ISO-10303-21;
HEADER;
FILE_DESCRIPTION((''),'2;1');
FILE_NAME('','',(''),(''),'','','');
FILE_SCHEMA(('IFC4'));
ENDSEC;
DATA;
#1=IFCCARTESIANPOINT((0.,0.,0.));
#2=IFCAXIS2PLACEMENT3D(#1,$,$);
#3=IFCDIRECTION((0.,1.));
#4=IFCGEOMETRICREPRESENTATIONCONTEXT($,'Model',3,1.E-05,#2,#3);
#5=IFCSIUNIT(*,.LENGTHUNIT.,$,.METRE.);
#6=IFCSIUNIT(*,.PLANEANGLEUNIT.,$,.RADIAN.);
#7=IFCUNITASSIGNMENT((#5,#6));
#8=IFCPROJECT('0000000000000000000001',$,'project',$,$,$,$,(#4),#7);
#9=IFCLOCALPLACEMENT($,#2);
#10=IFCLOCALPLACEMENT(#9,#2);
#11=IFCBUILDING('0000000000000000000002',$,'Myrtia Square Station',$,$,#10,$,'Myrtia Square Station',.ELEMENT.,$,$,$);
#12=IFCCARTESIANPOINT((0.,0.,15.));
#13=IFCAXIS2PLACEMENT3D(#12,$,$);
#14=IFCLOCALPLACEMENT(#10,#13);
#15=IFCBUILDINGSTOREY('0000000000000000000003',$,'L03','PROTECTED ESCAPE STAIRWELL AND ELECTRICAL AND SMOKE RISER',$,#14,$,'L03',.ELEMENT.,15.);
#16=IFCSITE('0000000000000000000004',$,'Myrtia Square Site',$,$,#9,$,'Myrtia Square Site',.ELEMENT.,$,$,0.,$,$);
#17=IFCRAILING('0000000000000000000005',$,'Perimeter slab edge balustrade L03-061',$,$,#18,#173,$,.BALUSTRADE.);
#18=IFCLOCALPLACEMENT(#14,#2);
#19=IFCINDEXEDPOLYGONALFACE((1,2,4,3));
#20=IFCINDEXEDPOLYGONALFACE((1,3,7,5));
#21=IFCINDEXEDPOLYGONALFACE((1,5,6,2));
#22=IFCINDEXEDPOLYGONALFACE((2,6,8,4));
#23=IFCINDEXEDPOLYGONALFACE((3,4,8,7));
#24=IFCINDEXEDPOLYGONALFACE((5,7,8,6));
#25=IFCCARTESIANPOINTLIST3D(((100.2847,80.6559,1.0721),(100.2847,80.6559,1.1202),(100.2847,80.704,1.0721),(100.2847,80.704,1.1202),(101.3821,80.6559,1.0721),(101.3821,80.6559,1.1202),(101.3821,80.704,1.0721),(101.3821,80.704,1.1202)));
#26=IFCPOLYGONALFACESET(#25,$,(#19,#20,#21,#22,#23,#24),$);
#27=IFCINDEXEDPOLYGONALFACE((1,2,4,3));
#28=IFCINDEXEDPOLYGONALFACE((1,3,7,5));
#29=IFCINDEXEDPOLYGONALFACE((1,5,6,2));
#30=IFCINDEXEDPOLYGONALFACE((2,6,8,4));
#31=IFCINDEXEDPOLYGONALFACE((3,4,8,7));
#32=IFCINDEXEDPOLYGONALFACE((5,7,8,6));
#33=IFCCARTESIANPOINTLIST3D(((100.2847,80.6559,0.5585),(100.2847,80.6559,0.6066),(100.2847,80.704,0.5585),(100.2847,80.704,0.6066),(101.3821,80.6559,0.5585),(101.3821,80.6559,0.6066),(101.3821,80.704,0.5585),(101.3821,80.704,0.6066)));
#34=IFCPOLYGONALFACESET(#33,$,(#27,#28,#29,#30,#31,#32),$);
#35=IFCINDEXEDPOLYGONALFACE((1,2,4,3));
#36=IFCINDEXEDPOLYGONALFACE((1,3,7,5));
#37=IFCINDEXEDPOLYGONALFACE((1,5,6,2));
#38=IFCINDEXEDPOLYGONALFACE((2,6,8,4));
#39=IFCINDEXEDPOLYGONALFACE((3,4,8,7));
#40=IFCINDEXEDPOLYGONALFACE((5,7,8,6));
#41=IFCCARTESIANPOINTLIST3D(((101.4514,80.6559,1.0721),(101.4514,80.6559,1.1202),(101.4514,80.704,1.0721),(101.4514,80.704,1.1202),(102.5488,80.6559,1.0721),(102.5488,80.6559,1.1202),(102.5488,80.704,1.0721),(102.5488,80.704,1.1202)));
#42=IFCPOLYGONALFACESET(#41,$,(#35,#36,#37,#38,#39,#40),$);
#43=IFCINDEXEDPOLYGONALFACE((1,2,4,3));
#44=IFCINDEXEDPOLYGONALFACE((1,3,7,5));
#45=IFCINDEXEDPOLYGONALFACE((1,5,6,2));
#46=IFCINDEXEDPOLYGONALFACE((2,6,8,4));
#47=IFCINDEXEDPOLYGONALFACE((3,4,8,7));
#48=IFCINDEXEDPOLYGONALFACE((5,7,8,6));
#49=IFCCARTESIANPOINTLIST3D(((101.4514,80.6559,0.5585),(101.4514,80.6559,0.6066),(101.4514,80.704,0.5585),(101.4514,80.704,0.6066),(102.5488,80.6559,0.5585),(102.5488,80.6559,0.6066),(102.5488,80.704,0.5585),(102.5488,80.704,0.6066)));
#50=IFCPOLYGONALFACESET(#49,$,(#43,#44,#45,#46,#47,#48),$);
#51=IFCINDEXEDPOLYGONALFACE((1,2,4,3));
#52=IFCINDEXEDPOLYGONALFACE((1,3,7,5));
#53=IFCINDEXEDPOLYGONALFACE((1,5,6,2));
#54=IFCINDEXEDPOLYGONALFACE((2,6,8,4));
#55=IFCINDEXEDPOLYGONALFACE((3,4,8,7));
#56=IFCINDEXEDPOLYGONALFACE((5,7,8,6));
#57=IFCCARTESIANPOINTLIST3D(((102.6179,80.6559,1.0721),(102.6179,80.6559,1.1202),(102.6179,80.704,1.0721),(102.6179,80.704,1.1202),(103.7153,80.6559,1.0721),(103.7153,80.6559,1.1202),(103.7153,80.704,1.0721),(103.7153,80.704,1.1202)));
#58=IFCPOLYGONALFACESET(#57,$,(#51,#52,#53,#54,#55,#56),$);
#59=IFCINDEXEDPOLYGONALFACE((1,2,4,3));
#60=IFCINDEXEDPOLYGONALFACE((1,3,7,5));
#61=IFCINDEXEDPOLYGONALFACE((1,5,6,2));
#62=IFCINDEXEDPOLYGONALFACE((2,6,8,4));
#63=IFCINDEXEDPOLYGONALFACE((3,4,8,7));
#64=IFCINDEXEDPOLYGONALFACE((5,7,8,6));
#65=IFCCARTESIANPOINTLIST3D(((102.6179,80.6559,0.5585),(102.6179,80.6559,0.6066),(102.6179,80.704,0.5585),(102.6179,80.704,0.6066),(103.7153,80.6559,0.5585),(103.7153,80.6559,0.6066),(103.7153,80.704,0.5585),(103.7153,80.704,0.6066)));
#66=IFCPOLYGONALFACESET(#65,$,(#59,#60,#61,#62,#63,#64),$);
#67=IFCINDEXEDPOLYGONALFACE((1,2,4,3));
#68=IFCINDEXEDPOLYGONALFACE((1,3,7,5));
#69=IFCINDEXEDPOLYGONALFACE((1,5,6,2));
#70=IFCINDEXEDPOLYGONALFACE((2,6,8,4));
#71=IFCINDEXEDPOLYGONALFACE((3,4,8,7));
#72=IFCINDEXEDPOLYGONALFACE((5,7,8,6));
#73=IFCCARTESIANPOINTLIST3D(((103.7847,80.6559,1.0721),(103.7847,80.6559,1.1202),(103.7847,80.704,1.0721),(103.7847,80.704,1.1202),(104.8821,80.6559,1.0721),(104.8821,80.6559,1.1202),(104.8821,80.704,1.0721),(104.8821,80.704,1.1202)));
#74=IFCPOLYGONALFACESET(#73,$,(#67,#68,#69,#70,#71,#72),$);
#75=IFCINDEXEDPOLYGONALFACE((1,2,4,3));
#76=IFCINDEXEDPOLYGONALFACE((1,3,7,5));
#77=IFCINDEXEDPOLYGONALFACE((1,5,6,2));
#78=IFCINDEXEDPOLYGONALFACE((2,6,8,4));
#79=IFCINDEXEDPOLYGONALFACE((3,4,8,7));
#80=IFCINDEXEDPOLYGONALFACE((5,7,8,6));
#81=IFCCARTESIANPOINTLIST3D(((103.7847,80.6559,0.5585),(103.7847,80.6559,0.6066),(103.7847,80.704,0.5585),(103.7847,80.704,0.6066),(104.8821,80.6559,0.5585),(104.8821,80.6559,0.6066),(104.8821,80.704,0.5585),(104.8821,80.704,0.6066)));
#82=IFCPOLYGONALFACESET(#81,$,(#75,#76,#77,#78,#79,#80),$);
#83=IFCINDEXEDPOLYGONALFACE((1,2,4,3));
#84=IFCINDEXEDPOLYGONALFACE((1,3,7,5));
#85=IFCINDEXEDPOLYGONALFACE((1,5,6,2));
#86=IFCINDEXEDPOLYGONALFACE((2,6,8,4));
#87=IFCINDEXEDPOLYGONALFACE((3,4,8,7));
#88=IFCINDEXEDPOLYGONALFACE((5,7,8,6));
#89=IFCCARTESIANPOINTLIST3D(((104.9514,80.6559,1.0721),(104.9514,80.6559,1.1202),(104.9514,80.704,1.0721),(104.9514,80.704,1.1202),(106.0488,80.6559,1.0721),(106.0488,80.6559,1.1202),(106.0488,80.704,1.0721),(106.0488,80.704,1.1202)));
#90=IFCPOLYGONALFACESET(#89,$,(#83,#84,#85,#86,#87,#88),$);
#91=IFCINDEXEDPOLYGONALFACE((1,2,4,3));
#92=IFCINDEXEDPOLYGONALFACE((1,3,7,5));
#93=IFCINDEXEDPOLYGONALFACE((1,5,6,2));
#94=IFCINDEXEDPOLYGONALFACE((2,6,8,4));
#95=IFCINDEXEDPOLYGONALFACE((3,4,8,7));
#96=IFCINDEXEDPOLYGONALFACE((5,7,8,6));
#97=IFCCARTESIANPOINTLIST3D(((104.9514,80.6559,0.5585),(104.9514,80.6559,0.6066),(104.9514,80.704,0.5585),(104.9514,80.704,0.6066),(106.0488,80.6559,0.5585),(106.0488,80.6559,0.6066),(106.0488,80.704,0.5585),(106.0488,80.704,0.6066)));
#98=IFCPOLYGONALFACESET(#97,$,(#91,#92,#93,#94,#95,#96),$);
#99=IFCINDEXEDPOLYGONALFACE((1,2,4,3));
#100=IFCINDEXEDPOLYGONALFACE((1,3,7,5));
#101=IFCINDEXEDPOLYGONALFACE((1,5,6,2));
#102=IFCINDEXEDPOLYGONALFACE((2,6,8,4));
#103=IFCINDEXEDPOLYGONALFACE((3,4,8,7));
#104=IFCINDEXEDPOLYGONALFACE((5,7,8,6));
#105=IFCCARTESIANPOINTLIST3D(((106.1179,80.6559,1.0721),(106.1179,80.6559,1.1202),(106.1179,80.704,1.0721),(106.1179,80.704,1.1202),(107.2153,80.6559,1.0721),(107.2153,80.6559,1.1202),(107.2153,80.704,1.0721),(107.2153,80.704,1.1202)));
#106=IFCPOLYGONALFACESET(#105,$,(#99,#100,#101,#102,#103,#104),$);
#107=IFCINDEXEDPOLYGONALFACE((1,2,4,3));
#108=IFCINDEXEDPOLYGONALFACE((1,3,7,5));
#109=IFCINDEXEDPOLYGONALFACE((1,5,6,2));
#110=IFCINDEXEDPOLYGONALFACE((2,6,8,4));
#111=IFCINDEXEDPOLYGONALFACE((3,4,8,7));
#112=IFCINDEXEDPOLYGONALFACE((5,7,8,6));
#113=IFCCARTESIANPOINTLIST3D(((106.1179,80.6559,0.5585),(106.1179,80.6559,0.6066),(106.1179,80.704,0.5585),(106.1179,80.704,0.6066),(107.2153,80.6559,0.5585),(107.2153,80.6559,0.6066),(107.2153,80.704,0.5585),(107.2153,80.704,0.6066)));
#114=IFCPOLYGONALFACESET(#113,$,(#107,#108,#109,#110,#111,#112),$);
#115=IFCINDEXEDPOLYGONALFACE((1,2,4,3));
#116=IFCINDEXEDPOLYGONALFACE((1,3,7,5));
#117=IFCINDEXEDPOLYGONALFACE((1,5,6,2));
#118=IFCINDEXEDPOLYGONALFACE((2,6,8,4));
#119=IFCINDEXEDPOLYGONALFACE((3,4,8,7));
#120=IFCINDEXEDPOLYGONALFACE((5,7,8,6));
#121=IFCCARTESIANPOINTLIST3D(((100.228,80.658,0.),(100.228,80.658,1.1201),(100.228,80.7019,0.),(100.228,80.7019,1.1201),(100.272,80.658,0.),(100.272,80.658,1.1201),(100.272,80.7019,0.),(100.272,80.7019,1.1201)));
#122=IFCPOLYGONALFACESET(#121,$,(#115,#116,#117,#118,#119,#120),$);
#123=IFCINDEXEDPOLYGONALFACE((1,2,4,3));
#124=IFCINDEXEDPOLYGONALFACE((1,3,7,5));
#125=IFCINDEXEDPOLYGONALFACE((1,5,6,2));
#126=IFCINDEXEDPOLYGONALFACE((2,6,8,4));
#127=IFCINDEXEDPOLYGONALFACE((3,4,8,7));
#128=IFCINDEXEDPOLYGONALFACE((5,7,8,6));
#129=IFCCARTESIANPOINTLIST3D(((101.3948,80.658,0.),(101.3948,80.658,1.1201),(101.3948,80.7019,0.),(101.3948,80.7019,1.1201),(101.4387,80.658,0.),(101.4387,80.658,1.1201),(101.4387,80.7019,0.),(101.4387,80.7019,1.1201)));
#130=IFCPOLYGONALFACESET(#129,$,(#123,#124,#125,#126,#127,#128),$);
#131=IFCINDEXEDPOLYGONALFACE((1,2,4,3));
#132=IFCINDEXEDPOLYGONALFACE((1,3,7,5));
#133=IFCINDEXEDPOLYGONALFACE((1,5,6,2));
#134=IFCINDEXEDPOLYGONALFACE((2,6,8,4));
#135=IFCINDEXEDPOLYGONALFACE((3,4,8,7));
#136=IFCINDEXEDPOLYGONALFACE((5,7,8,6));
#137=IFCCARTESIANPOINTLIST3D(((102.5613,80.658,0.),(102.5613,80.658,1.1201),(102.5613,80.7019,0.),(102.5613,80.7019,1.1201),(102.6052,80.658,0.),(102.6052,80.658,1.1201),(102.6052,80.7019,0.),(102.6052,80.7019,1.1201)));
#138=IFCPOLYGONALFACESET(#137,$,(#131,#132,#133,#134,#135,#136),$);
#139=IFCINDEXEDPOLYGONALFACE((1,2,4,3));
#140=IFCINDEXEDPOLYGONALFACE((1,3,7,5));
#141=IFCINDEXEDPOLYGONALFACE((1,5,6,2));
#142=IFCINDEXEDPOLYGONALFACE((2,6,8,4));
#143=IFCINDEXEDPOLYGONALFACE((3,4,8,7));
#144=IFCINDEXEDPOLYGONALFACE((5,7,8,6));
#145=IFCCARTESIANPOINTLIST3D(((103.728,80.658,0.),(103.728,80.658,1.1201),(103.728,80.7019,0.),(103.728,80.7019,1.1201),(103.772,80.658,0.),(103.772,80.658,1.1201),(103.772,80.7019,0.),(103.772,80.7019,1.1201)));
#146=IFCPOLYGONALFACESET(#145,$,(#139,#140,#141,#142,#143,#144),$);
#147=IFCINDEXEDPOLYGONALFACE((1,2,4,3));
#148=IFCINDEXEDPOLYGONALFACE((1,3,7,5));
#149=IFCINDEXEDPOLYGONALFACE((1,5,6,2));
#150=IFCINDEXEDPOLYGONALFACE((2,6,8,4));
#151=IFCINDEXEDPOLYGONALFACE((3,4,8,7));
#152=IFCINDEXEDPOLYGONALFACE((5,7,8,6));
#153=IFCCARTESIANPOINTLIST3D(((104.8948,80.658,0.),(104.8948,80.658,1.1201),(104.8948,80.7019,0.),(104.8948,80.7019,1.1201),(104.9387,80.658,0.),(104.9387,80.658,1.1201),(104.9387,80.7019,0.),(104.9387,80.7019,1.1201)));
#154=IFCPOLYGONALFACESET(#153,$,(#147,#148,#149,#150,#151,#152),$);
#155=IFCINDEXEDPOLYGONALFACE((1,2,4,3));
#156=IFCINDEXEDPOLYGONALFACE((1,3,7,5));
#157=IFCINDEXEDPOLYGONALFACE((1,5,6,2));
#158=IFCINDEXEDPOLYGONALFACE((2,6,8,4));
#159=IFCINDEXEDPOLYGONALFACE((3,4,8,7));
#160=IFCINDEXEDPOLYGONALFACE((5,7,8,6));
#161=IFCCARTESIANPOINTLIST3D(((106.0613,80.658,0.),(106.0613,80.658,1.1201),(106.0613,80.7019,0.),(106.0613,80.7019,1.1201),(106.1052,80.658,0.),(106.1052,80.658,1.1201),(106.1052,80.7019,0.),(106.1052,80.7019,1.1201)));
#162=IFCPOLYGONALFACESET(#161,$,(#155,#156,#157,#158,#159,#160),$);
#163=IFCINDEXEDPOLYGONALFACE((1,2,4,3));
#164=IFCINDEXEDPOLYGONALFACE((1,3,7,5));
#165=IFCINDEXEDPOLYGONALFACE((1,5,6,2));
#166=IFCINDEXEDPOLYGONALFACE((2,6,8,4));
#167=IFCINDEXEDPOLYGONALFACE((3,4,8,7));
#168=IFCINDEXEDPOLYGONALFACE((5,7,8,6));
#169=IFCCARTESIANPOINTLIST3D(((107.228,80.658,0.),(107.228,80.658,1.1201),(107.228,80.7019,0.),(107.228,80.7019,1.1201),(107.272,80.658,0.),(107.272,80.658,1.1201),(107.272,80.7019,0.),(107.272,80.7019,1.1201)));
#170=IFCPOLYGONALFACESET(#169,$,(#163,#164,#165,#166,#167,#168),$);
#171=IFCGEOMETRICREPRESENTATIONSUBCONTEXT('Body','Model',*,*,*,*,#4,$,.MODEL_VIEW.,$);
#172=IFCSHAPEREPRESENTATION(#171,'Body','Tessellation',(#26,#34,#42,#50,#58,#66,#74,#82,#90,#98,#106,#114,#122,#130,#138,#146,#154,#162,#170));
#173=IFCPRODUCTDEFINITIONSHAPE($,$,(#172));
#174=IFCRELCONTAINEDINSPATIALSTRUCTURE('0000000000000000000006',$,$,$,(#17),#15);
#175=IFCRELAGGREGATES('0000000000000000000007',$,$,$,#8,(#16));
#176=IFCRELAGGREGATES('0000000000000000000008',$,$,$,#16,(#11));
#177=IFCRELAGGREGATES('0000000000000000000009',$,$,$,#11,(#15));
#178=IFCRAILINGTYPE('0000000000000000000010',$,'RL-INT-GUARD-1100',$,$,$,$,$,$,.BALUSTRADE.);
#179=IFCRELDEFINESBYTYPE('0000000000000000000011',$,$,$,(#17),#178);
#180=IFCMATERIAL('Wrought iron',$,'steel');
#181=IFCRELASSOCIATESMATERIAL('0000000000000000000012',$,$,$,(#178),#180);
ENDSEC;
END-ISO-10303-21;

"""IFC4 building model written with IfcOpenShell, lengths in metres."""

from ifc_helpers import new_model, si_unit, direction, frame, origin, origin_2d, place, context, subcontext, project, spatial, rectangle, extrude, material, type_object, element, save


model = new_model("IFC4")

# Units and contexts
model_context = context("Model", 3, precision=1e-05, world=origin(), true_north=direction((0.0, 1.0)))
body_context = subcontext(model_context, "Body", "Model", "MODEL_VIEW")
ifc_project = project(units=[si_unit("LENGTHUNIT", "METRE"), si_unit("PLANEANGLEUNIT", "RADIAN")], contexts=[model_context])

# Site, building, storey
site_placement = place(None, origin())
site = spatial("IfcSite", under=ifc_project, at=site_placement, Name="Myrtia Square Site", LongName="Myrtia Square Site", CompositionType="ELEMENT", RefElevation=0.0)
building_placement = place(site_placement, origin())
building = spatial("IfcBuilding", under=site, at=building_placement, Name="Myrtia Square Station", LongName="Myrtia Square Station", CompositionType="ELEMENT")
storey_placement = place(building_placement, frame((0.0, 0.0, 15.0)))
storey = spatial("IfcBuildingStorey", under=building, at=storey_placement, Name="L03", Description="PROTECTED ESCAPE STAIRWELL AND ELECTRICAL AND SMOKE RISER", LongName="L03", CompositionType="ELEMENT", Elevation=15.0)

# Railing
ifc_material_1 = material(Name="Wrought iron", Category="steel")
railing_type = type_object("IfcRailingType", Name="RL-INT-GUARD-1100", PredefinedType="BALUSTRADE", material=ifc_material_1)
railing_1_placement = place(storey_placement, frame((100.25, 80.6799, 0.0)))
element("IfcRailing", 1, at=railing_1_placement, inside=storey, type_object=railing_type, Name="Perimeter slab edge balustrade L03-061", PredefinedType="BALUSTRADE", context=body_context, shape_type="SweptSolid", body=[
    extrude(rectangle(XDim=0.0481, YDim=0.0481, at=origin_2d()), frame((0.0347, 0.0, 1.0962), z_axis=(1.0, 0.0, 0.0), x_axis=(0.0, 1.0, 0.0)), (0.0, 0.0, 1.0), 1.0974),
    extrude(rectangle(XDim=0.0481, YDim=0.0481, at=origin_2d()), frame((0.0347, 0.0, 0.5825), z_axis=(1.0, 0.0, 0.0), x_axis=(0.0, 1.0, 0.0)), (0.0, 0.0, 1.0), 1.0974),
    extrude(rectangle(XDim=0.0481, YDim=0.0481, at=origin_2d()), frame((1.2014, 0.0, 1.0962), z_axis=(1.0, 0.0, 0.0), x_axis=(0.0, 1.0, 0.0)), (0.0, 0.0, 1.0), 1.0974),
    extrude(rectangle(XDim=0.0481, YDim=0.0481, at=origin_2d()), frame((1.2014, 0.0, 0.5825), z_axis=(1.0, 0.0, 0.0), x_axis=(0.0, 1.0, 0.0)), (0.0, 0.0, 1.0), 1.0974),
    extrude(rectangle(XDim=0.0481, YDim=0.0481, at=origin_2d()), frame((2.3679, 0.0, 1.0962), z_axis=(1.0, 0.0, 0.0), x_axis=(0.0, 1.0, 0.0)), (0.0, 0.0, 1.0), 1.0974),
    extrude(rectangle(XDim=0.0481, YDim=0.0481, at=origin_2d()), frame((2.3679, 0.0, 0.5825), z_axis=(1.0, 0.0, 0.0), x_axis=(0.0, 1.0, 0.0)), (0.0, 0.0, 1.0), 1.0974),
    extrude(rectangle(XDim=0.0481, YDim=0.0481, at=origin_2d()), frame((3.5347, 0.0, 1.0962), z_axis=(1.0, 0.0, 0.0), x_axis=(0.0, 1.0, 0.0)), (0.0, 0.0, 1.0), 1.0974),
    extrude(rectangle(XDim=0.0481, YDim=0.0481, at=origin_2d()), frame((3.5347, 0.0, 0.5825), z_axis=(1.0, 0.0, 0.0), x_axis=(0.0, 1.0, 0.0)), (0.0, 0.0, 1.0), 1.0974),
    extrude(rectangle(XDim=0.0481, YDim=0.0481, at=origin_2d()), frame((4.7014, 0.0, 1.0962), z_axis=(1.0, 0.0, 0.0), x_axis=(0.0, 1.0, 0.0)), (0.0, 0.0, 1.0), 1.0974),
    extrude(rectangle(XDim=0.0481, YDim=0.0481, at=origin_2d()), frame((4.7014, 0.0, 0.5825), z_axis=(1.0, 0.0, 0.0), x_axis=(0.0, 1.0, 0.0)), (0.0, 0.0, 1.0), 1.0974),
    extrude(rectangle(XDim=0.0481, YDim=0.0481, at=origin_2d()), frame((5.8679, 0.0, 1.0962), z_axis=(1.0, 0.0, 0.0), x_axis=(0.0, 1.0, 0.0)), (0.0, 0.0, 1.0), 1.0974),
    extrude(rectangle(XDim=0.0481, YDim=0.0481, at=origin_2d()), frame((5.8679, 0.0, 0.5825), z_axis=(1.0, 0.0, 0.0), x_axis=(0.0, 1.0, 0.0)), (0.0, 0.0, 1.0), 1.0974),
    extrude(rectangle(XDim=0.0439, YDim=0.0439, at=origin_2d()), origin(), (0.0, 0.0, 1.0), 1.1201),
    extrude(rectangle(XDim=0.0439, YDim=0.0439, at=origin_2d()), frame((1.1667, 0.0, 0.0)), (0.0, 0.0, 1.0), 1.1201),
    extrude(rectangle(XDim=0.0439, YDim=0.0439, at=origin_2d()), frame((2.3333, 0.0, 0.0)), (0.0, 0.0, 1.0), 1.1201),
    extrude(rectangle(XDim=0.0439, YDim=0.0439, at=origin_2d()), frame((3.5, 0.0, 0.0)), (0.0, 0.0, 1.0), 1.1201),
    extrude(rectangle(XDim=0.0439, YDim=0.0439, at=origin_2d()), frame((4.6667, 0.0, 0.0)), (0.0, 0.0, 1.0), 1.1201),
    extrude(rectangle(XDim=0.0439, YDim=0.0439, at=origin_2d()), frame((5.8333, 0.0, 0.0)), (0.0, 0.0, 1.0), 1.1201),
    extrude(rectangle(XDim=0.0439, YDim=0.0439, at=origin_2d()), frame((7.0, 0.0, 0.0)), (0.0, 0.0, 1.0), 1.1201),
])

save(model, "model.ifc")
